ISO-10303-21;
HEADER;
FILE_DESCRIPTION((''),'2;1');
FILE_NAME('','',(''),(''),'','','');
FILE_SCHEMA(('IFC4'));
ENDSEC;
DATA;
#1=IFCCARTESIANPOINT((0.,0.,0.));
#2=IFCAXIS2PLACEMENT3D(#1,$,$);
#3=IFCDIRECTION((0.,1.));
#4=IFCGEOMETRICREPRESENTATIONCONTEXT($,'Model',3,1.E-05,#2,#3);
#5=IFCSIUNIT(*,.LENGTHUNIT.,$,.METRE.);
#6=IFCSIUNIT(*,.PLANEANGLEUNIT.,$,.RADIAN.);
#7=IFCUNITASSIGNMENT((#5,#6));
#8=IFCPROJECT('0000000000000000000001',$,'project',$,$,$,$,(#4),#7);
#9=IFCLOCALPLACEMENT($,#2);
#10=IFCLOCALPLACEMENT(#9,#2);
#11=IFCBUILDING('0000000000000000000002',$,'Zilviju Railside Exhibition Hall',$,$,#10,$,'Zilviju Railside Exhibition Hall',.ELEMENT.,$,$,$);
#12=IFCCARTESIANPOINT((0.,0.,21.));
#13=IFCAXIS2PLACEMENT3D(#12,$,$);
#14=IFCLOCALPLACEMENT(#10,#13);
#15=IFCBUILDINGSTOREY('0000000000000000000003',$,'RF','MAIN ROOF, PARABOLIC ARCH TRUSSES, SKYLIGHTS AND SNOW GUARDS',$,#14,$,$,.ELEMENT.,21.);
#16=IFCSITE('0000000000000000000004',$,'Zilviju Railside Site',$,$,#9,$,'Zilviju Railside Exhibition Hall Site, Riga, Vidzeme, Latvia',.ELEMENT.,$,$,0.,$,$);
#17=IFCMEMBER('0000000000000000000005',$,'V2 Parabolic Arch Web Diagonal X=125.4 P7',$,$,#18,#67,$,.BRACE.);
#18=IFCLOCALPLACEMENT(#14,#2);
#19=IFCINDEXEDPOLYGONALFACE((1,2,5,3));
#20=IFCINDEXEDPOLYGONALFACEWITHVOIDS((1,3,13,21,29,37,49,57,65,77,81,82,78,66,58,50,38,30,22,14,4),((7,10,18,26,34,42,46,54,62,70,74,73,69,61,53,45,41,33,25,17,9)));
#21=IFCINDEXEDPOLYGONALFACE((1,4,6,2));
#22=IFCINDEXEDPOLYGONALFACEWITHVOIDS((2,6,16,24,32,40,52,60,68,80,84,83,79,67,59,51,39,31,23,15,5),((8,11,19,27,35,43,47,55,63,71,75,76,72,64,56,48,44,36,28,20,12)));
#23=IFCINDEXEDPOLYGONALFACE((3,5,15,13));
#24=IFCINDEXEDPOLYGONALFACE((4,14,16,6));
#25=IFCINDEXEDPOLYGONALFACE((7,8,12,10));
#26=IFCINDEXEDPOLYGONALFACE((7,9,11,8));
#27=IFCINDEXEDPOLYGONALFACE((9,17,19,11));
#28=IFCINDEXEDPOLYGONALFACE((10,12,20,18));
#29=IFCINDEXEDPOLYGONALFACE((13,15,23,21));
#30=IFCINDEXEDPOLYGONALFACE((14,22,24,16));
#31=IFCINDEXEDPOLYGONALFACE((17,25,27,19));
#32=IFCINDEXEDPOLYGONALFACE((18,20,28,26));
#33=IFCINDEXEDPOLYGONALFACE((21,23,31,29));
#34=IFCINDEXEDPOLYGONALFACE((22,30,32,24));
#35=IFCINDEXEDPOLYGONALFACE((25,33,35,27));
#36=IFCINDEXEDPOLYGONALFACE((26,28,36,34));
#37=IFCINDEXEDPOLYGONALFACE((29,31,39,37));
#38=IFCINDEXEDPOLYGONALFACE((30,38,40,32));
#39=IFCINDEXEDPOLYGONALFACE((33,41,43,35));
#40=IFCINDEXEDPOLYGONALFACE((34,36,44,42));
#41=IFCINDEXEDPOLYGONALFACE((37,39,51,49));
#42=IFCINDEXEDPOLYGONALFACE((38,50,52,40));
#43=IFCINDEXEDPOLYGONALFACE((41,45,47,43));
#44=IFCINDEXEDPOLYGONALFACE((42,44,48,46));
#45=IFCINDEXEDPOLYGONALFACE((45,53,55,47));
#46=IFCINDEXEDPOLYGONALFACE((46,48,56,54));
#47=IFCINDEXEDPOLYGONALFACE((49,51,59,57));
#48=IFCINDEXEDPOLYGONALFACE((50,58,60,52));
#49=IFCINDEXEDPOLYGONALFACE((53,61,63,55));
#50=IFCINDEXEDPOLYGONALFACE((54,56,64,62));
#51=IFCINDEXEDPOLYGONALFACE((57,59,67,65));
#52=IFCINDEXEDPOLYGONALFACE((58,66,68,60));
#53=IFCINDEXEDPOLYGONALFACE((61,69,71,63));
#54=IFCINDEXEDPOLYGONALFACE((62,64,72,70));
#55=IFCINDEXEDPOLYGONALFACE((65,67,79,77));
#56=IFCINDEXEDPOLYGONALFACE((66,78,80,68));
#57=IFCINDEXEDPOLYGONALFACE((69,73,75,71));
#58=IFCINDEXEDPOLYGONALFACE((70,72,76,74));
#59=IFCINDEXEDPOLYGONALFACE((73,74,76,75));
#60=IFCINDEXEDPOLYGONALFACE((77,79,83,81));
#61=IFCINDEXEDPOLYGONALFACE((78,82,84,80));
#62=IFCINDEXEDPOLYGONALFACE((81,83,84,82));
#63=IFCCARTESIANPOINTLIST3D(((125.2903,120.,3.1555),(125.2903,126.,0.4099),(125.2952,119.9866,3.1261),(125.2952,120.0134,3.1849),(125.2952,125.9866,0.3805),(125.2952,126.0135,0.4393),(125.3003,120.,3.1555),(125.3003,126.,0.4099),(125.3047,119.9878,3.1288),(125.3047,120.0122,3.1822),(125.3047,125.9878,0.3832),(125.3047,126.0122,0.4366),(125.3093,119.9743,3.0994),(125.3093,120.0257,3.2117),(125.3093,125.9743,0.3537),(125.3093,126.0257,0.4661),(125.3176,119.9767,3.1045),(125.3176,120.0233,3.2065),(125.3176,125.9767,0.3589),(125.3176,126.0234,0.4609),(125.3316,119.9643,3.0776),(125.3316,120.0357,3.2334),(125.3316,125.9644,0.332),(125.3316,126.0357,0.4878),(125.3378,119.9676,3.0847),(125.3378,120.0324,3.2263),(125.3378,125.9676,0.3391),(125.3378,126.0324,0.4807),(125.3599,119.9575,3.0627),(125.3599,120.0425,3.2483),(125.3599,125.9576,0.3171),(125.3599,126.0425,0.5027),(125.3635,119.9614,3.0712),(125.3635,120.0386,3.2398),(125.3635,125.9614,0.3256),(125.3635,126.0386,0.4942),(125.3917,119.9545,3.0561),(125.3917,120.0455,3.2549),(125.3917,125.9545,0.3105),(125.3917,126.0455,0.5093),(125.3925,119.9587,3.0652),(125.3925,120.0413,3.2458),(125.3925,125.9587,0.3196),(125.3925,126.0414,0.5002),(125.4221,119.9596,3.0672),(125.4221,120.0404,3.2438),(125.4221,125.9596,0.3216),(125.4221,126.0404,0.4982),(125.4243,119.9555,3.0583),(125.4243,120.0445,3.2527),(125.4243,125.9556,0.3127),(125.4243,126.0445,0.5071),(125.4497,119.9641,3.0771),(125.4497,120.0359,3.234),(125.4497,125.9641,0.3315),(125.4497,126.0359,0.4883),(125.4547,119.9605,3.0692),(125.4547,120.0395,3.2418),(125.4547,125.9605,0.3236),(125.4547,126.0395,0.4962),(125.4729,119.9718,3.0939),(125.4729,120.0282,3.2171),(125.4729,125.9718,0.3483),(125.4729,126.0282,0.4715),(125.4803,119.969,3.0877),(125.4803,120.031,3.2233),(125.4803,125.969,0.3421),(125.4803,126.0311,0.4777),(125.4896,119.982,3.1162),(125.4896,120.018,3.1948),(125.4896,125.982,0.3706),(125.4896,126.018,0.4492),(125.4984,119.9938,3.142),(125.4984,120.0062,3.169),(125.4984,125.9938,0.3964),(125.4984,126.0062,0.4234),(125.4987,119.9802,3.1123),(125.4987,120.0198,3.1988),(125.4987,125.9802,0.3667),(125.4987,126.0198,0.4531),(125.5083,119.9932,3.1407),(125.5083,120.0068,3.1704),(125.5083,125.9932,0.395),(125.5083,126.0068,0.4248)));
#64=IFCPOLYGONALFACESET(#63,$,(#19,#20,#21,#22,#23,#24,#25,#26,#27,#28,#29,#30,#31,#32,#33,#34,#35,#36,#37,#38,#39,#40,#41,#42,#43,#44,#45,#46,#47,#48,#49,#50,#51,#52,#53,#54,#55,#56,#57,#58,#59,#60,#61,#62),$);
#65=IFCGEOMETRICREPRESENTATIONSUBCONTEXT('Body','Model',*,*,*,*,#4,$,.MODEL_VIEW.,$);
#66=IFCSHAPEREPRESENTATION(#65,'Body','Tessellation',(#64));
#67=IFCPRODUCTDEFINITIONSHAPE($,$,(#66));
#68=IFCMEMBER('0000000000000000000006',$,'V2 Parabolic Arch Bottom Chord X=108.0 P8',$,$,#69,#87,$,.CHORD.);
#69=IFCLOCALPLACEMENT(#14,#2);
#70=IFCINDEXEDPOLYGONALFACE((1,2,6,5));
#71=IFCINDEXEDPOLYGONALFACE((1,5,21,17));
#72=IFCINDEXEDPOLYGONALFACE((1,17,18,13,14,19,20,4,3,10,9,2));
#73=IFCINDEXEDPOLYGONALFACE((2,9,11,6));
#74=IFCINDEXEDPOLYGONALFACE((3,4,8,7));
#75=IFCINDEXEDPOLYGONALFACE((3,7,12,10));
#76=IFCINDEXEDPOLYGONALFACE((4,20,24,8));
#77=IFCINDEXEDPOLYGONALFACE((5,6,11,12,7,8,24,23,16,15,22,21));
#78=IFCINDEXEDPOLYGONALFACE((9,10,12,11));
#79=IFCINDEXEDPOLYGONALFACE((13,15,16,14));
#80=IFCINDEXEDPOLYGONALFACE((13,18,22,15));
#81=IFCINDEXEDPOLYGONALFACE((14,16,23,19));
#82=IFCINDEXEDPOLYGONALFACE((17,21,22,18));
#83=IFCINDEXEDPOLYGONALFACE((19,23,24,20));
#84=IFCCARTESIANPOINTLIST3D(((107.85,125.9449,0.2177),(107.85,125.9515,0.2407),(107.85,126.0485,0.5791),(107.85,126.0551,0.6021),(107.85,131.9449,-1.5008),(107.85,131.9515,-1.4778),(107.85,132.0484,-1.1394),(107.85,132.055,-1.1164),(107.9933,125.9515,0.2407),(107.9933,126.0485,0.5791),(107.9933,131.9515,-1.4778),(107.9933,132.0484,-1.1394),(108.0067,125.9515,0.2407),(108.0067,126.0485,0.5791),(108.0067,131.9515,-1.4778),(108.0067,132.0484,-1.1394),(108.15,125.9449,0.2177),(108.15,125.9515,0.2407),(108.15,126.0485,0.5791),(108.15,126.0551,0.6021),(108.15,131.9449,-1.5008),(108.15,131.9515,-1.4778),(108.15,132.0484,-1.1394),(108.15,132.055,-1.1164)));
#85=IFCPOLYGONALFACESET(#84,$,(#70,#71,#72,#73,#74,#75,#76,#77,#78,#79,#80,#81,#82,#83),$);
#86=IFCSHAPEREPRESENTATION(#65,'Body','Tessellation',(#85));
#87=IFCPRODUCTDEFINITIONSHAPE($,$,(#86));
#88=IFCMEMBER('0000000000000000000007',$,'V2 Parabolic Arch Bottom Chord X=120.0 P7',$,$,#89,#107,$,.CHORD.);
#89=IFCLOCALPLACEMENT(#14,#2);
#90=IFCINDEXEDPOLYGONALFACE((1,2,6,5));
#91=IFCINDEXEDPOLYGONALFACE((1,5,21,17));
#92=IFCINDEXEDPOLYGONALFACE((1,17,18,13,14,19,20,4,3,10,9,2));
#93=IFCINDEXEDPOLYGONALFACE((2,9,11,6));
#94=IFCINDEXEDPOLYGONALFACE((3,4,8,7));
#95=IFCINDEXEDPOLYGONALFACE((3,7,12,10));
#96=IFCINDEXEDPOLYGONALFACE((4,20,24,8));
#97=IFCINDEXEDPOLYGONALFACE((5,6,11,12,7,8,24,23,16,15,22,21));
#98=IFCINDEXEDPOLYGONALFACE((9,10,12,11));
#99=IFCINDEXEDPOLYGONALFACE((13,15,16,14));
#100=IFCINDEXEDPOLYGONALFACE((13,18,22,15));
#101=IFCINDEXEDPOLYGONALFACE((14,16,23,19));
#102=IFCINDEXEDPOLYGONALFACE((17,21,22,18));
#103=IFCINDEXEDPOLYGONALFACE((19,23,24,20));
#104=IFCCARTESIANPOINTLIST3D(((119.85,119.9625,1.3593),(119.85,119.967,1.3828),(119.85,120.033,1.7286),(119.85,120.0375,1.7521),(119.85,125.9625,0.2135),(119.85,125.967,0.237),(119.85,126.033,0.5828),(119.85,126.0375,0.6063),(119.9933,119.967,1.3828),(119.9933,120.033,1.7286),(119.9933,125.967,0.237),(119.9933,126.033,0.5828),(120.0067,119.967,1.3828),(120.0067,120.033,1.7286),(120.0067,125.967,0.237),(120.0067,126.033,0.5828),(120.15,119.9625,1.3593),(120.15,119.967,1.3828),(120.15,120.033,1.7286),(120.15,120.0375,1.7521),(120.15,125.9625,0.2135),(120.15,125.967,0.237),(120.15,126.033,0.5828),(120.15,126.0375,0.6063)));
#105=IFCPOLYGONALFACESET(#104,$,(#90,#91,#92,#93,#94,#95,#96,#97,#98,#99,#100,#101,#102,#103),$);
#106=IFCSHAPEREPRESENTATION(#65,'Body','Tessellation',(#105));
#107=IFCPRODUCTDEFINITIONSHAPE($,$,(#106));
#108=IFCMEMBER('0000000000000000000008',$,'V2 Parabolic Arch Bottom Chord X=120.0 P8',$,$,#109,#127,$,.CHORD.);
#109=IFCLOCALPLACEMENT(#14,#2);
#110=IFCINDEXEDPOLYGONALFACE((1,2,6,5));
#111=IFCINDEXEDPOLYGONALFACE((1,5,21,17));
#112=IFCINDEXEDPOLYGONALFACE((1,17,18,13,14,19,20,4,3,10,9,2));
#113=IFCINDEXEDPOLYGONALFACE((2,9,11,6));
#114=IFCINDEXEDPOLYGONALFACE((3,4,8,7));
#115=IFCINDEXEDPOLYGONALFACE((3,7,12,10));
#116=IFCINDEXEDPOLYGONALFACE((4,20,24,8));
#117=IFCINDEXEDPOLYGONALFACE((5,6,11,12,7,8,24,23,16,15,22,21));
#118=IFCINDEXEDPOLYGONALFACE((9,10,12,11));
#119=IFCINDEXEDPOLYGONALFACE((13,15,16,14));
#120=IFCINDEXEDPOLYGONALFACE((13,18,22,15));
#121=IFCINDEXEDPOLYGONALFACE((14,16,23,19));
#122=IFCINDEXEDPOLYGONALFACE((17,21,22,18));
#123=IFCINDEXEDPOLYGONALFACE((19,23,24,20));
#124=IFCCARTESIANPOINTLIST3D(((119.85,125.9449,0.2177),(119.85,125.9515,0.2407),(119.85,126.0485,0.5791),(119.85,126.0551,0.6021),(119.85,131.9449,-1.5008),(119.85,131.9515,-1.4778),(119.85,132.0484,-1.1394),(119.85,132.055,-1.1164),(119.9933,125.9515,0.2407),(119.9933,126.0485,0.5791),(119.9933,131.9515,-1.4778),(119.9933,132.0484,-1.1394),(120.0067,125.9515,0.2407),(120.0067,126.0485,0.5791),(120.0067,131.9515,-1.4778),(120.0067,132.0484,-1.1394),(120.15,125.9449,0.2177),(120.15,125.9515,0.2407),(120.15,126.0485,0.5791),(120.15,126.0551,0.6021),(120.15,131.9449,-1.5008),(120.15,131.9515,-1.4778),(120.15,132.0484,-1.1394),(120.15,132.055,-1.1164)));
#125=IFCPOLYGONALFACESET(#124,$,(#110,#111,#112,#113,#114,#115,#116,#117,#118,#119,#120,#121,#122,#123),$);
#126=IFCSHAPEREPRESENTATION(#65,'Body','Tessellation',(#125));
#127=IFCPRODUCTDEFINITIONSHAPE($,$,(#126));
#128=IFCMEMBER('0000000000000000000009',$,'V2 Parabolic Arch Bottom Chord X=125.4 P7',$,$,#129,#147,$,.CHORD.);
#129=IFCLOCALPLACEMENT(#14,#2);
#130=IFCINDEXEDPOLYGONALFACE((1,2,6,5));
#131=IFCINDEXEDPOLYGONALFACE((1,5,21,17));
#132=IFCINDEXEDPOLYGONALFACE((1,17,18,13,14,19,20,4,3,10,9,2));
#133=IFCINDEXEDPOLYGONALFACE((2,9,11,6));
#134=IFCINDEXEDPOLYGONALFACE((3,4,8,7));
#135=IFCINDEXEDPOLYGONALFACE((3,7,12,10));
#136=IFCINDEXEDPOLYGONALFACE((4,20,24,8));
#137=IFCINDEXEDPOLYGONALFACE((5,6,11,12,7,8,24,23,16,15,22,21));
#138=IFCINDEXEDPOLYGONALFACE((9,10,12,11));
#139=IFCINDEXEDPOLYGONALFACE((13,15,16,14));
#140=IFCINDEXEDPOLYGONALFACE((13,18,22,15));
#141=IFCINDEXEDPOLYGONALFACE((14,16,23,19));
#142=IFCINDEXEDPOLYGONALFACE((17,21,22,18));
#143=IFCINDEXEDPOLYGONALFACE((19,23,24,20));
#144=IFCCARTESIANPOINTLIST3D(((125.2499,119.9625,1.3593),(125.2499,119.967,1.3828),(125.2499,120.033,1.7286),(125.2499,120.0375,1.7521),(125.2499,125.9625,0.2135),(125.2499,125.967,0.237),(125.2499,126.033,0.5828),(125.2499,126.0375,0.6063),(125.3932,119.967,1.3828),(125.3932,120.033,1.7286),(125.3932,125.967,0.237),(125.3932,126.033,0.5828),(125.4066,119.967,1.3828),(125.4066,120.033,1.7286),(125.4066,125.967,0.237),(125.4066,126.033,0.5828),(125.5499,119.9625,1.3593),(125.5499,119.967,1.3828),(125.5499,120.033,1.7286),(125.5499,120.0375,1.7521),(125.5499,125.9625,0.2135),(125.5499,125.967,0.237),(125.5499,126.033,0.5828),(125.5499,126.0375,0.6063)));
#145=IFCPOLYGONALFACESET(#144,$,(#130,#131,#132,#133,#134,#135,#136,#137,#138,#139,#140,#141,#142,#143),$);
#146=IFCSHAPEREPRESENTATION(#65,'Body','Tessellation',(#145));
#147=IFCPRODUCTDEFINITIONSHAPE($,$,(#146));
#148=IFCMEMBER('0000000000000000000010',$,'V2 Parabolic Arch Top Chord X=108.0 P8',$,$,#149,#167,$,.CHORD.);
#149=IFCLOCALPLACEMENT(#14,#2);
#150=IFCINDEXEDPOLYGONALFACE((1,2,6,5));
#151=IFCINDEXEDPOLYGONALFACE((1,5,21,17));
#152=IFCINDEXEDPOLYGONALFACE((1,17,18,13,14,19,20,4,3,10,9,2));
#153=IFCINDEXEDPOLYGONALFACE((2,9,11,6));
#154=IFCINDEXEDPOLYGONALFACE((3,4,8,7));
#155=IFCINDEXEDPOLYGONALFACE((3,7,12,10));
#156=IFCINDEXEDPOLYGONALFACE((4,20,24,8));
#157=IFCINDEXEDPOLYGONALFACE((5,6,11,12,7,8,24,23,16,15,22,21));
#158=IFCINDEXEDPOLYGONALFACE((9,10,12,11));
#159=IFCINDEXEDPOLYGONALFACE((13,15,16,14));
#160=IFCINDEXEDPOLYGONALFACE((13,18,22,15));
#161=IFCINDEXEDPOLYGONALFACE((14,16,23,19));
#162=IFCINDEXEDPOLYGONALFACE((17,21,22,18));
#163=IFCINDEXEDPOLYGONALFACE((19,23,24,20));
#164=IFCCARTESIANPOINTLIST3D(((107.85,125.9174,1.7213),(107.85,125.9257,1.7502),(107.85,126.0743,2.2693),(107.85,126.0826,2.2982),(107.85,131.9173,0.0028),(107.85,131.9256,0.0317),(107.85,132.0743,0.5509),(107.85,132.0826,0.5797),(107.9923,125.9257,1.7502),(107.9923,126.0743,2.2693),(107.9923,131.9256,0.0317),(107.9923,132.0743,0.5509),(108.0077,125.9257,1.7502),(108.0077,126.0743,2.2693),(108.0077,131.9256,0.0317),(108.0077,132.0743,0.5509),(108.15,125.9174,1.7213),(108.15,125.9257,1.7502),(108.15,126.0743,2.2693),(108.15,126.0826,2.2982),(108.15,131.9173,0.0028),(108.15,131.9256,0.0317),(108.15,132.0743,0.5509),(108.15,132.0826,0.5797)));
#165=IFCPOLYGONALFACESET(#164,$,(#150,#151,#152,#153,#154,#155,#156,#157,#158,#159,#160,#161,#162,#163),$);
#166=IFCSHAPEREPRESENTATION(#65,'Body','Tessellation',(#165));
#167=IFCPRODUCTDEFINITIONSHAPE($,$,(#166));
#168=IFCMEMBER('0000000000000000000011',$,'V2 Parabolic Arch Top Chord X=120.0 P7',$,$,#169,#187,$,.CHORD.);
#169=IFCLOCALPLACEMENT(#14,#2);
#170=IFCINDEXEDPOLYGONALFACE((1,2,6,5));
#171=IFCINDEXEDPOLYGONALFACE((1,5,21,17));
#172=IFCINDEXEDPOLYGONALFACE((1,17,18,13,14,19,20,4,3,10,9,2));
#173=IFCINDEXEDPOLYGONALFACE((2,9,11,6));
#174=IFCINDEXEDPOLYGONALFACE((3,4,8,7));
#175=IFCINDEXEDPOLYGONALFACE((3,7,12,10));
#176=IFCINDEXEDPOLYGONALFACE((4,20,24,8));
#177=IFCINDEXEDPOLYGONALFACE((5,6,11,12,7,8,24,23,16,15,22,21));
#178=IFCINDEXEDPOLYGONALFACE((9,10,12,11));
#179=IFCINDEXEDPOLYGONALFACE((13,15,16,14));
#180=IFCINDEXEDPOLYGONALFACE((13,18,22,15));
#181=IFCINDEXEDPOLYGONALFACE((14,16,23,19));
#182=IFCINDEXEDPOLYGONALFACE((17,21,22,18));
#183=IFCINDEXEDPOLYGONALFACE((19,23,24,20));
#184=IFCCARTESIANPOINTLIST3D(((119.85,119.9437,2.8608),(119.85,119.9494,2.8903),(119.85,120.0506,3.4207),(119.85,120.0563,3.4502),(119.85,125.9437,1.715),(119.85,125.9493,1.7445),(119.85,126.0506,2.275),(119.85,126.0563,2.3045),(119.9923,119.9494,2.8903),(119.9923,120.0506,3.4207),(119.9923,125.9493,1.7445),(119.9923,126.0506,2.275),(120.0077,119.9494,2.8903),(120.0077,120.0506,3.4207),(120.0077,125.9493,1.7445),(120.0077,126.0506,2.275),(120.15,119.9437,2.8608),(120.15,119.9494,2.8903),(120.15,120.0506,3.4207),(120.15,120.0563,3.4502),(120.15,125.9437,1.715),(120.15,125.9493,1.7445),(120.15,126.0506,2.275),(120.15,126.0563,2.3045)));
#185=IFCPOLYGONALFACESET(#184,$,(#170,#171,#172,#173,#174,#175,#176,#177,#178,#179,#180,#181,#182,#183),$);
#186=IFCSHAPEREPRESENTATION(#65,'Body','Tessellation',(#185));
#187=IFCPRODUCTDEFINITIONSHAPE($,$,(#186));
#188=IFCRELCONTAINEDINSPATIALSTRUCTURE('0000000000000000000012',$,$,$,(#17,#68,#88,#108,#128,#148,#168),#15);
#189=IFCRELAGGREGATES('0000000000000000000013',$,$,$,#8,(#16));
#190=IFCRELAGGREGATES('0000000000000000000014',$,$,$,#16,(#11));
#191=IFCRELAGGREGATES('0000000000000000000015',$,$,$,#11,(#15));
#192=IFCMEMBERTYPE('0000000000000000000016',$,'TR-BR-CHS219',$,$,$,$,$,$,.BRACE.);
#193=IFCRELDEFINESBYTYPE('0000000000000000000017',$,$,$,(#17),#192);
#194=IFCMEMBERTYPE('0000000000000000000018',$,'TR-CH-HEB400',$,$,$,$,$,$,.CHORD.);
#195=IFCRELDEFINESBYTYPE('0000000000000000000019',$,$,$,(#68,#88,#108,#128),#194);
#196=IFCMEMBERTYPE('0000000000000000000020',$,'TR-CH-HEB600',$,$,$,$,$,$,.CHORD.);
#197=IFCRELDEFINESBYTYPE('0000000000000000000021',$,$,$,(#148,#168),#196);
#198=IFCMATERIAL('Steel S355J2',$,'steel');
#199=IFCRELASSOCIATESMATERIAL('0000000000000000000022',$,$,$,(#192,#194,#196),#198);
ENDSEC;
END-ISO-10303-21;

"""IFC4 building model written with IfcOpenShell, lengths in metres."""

from ifc_helpers import new_model, si_unit, direction, frame, origin, origin_2d, place, context, subcontext, project, spatial, hollow_circle, i_section, extrude, material, material_profile, profile_set, type_object, element, save


model = new_model("IFC4")

# Units and contexts
model_context = context("Model", 3, precision=1e-05, world=origin(), true_north=direction((0.0, 1.0)))
body_context = subcontext(model_context, "Body", "Model", "MODEL_VIEW")
ifc_project = project(units=[si_unit("LENGTHUNIT", "METRE"), si_unit("PLANEANGLEUNIT", "RADIAN")], contexts=[model_context])

# Site, building, storey
site_placement = place(None, origin())
site = spatial("IfcSite", under=ifc_project, at=site_placement, Name="Zilviju Railside Site", LongName="Zilviju Railside Exhibition Hall Site, Riga, Vidzeme, Latvia", CompositionType="ELEMENT", RefElevation=0.0)
building_placement = place(site_placement, origin())
building = spatial("IfcBuilding", under=site, at=building_placement, Name="Zilviju Railside Exhibition Hall", LongName="Zilviju Railside Exhibition Hall", CompositionType="ELEMENT")
storey_placement = place(building_placement, frame((0.0, 0.0, 21.0)))
storey = spatial("IfcBuildingStorey", under=building, at=storey_placement, Name="RF", Description="MAIN ROOF, PARABOLIC ARCH TRUSSES, SKYLIGHTS AND SNOW GUARDS", CompositionType="ELEMENT", Elevation=21.0)

# Members
ifc_material_1 = material(Name="Steel S355J2", Category="steel")
ifc_material_profile_1 = material_profile(ifc_material_1, hollow_circle(Radius=0.1096, WallThickness=0.01, at=origin_2d()), Name="CHS 219.1x10.0")
ifc_profile_set_1 = profile_set([ifc_material_profile_1], Name="Steel S355J2")
member_type_1 = type_object("IfcMemberType", Name="TR-BR-CHS219", PredefinedType="BRACE", material=ifc_profile_set_1)
member_1_placement = place(storey_placement, frame((125.3999, 120.0, 3.1555), z_axis=(0.0, 0.909317, -0.416104), x_axis=(-1.0, 0.0, 0.0)))
element("IfcMember", 1, at=member_1_placement, inside=storey, type_object=member_type_1, Name="V2 Parabolic Arch Web Diagonal X=125.4 P7", PredefinedType="BRACE", context=body_context, shape_type="SweptSolid", body=[
    extrude(hollow_circle(Radius=0.1096, WallThickness=0.01, at=origin_2d()), origin(), (0.0, 0.0, 1.0), 6.5984),
])
ifc_material_profile_2 = material_profile(ifc_material_1, i_section(OverallWidth=0.3, OverallDepth=0.3999, WebThickness=0.0134, FlangeThickness=0.0239, at=origin_2d()), Name="HEB 400")
ifc_profile_set_2 = profile_set([ifc_material_profile_2], Name="Steel S355J2")
member_type_2 = type_object("IfcMemberType", Name="TR-CH-HEB400", PredefinedType="CHORD", material=ifc_profile_set_2)
member_2_placement = place(storey_placement, frame((108.0, 126.0, 0.4099), z_axis=(0.0, 0.961345, -0.275346), x_axis=(-1.0, 0.0, 0.0)))
element("IfcMember", 2, at=member_2_placement, inside=storey, type_object=member_type_2, Name="V2 Parabolic Arch Bottom Chord X=108.0 P8", PredefinedType="CHORD", context=body_context, shape_type="SweptSolid", body=[
    extrude(i_section(OverallWidth=0.3, OverallDepth=0.3999, WebThickness=0.0134, FlangeThickness=0.0239, at=origin_2d()), origin(), (0.0, 0.0, 1.0), 6.2412),
])
member_3_placement = place(storey_placement, frame((120.0, 120.0, 1.5557), z_axis=(0.0, 0.982251, -0.187569), x_axis=(-1.0, 0.0, 0.0)))
element("IfcMember", 3, at=member_3_placement, inside=storey, type_object=member_type_2, Name="V2 Parabolic Arch Bottom Chord X=120.0 P7", PredefinedType="CHORD", context=body_context, shape_type="SweptSolid", body=[
    extrude(i_section(OverallWidth=0.3, OverallDepth=0.3999, WebThickness=0.0134, FlangeThickness=0.0239, at=origin_2d()), origin(), (0.0, 0.0, 1.0), 6.1084),
])
member_4_placement = place(storey_placement, frame((120.0, 126.0, 0.4099), z_axis=(0.0, 0.961345, -0.275346), x_axis=(-1.0, 0.0, 0.0)))
element("IfcMember", 4, at=member_4_placement, inside=storey, type_object=member_type_2, Name="V2 Parabolic Arch Bottom Chord X=120.0 P8", PredefinedType="CHORD", context=body_context, shape_type="SweptSolid", body=[
    extrude(i_section(OverallWidth=0.3, OverallDepth=0.3999, WebThickness=0.0134, FlangeThickness=0.0239, at=origin_2d()), origin(), (0.0, 0.0, 1.0), 6.2412),
])
member_5_placement = place(storey_placement, frame((125.3999, 120.0, 1.5557), z_axis=(0.0, 0.982251, -0.187569), x_axis=(-1.0, 0.0, 0.0)))
element("IfcMember", 5, at=member_5_placement, inside=storey, type_object=member_type_2, Name="V2 Parabolic Arch Bottom Chord X=125.4 P7", PredefinedType="CHORD", context=body_context, shape_type="SweptSolid", body=[
    extrude(i_section(OverallWidth=0.3, OverallDepth=0.3999, WebThickness=0.0134, FlangeThickness=0.0239, at=origin_2d()), origin(), (0.0, 0.0, 1.0), 6.1084),
])
ifc_material_profile_3 = material_profile(ifc_material_1, i_section(OverallWidth=0.3, OverallDepth=0.6001, WebThickness=0.0154, FlangeThickness=0.03, at=origin_2d()), Name="HEB 600")
ifc_profile_set_3 = profile_set([ifc_material_profile_3], Name="Steel S355J2")
member_type_3 = type_object("IfcMemberType", Name="TR-CH-HEB600", PredefinedType="CHORD", material=ifc_profile_set_3)
member_6_placement = place(storey_placement, frame((108.0, 126.0, 2.0098), z_axis=(0.0, 0.961345, -0.275346), x_axis=(-1.0, 0.0, 0.0)))
element("IfcMember", 6, at=member_6_placement, inside=storey, type_object=member_type_3, Name="V2 Parabolic Arch Top Chord X=108.0 P8", PredefinedType="CHORD", context=body_context, shape_type="SweptSolid", body=[
    extrude(i_section(OverallWidth=0.3, OverallDepth=0.6001, WebThickness=0.0154, FlangeThickness=0.03, at=origin_2d()), origin(), (0.0, 0.0, 1.0), 6.2412),
])
member_7_placement = place(storey_placement, frame((120.0, 120.0, 3.1555), z_axis=(0.0, 0.982251, -0.187569), x_axis=(-1.0, 0.0, 0.0)))
element("IfcMember", 7, at=member_7_placement, inside=storey, type_object=member_type_3, Name="V2 Parabolic Arch Top Chord X=120.0 P7", PredefinedType="CHORD", context=body_context, shape_type="SweptSolid", body=[
    extrude(i_section(OverallWidth=0.3, OverallDepth=0.6001, WebThickness=0.0154, FlangeThickness=0.03, at=origin_2d()), origin(), (0.0, 0.0, 1.0), 6.1084),
])

save(model, "model.ifc")
